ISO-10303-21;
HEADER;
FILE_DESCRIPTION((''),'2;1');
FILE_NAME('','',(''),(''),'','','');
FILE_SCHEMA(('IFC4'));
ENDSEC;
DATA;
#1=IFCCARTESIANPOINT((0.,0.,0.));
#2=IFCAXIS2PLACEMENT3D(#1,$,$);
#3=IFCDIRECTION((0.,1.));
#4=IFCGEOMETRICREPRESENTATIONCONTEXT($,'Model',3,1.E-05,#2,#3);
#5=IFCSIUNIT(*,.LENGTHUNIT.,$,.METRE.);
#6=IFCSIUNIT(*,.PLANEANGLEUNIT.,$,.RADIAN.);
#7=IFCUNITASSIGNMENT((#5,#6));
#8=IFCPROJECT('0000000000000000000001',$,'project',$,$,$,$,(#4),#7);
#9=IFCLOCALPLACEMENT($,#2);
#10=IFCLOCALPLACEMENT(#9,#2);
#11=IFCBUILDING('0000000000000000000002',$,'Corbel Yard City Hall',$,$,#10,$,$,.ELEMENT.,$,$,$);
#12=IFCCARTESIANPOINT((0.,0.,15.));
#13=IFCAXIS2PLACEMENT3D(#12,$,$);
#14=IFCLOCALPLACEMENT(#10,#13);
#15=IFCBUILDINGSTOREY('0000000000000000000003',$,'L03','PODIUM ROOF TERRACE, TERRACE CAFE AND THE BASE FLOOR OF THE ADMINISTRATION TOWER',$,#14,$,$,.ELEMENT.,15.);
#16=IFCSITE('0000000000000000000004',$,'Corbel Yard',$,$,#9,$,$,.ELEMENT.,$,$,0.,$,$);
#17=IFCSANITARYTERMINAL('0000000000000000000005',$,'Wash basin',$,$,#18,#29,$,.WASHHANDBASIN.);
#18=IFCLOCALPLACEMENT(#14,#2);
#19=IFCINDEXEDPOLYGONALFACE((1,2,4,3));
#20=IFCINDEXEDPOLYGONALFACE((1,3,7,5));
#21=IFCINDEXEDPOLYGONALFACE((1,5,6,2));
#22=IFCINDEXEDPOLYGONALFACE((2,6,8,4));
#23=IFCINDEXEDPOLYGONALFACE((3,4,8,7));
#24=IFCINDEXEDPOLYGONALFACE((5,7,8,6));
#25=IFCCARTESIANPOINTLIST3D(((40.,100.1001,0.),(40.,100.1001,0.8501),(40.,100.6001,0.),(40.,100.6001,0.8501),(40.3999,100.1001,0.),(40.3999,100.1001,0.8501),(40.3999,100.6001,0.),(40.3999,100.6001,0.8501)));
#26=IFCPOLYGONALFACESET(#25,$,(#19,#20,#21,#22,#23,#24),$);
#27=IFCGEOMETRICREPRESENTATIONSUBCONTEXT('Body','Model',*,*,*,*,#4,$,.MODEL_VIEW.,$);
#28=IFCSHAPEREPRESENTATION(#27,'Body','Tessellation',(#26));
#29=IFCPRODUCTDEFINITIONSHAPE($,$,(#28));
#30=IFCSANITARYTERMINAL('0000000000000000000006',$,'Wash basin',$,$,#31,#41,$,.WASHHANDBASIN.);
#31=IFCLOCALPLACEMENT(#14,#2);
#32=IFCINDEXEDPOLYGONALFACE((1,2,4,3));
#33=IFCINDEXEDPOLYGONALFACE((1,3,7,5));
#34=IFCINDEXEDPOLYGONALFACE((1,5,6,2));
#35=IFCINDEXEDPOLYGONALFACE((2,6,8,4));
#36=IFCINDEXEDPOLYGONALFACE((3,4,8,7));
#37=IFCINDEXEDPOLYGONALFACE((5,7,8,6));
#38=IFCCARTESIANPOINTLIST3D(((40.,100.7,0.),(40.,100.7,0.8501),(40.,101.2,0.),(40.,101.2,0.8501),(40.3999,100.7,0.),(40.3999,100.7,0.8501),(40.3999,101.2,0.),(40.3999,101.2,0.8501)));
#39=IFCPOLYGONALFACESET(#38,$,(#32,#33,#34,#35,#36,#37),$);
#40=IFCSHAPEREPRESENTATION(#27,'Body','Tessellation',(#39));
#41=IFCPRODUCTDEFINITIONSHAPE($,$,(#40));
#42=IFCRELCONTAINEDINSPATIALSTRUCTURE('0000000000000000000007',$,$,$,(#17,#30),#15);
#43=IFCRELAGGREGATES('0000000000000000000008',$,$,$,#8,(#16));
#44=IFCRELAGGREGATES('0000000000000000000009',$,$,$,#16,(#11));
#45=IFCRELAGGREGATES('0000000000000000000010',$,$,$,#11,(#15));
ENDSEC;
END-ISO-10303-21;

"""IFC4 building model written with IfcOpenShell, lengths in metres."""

from ifc_helpers import new_model, si_unit, direction, frame, origin, origin_2d, place, context, subcontext, project, spatial, rectangle, extrude, element, save


model = new_model("IFC4")

# Units and contexts
model_context = context("Model", 3, precision=1e-05, world=origin(), true_north=direction((0.0, 1.0)))
body_context = subcontext(model_context, "Body", "Model", "MODEL_VIEW")
ifc_project = project(units=[si_unit("LENGTHUNIT", "METRE"), si_unit("PLANEANGLEUNIT", "RADIAN")], contexts=[model_context])

# Site, building, storey
site_placement = place(None, origin())
site = spatial("IfcSite", under=ifc_project, at=site_placement, Name="Corbel Yard", CompositionType="ELEMENT", RefElevation=0.0)
building_placement = place(site_placement, origin())
building = spatial("IfcBuilding", under=site, at=building_placement, Name="Corbel Yard City Hall", CompositionType="ELEMENT")
storey_placement = place(building_placement, frame((0.0, 0.0, 15.0)))
storey = spatial("IfcBuildingStorey", under=building, at=storey_placement, Name="L03", Description="PODIUM ROOF TERRACE, TERRACE CAFE AND THE BASE FLOOR OF THE ADMINISTRATION TOWER", CompositionType="ELEMENT", Elevation=15.0)

# Sanitary terminals
for number, where, z_axis, x_axis, name in (
    (1, (40.2, 100.3501, 0.0), (0.0, 0.0, 1.0), (1.0, 0.0, 0.0), "Wash basin"),
    (2, (40.2, 100.95, 0.0), (0.0, 0.0, 1.0), (1.0, 0.0, 0.0), "Wash basin"),
):
    element("IfcSanitaryTerminal", number, at=place(storey_placement, frame(where, z_axis=z_axis, x_axis=x_axis)), inside=storey, Name=name, PredefinedType="WASHHANDBASIN", context=body_context, shape_type="SweptSolid", body=[
        extrude(rectangle(XDim=0.3999, YDim=0.5, at=origin_2d()), origin(), (0.0, 0.0, 1.0), 0.8501),
    ])

save(model, "model.ifc")
